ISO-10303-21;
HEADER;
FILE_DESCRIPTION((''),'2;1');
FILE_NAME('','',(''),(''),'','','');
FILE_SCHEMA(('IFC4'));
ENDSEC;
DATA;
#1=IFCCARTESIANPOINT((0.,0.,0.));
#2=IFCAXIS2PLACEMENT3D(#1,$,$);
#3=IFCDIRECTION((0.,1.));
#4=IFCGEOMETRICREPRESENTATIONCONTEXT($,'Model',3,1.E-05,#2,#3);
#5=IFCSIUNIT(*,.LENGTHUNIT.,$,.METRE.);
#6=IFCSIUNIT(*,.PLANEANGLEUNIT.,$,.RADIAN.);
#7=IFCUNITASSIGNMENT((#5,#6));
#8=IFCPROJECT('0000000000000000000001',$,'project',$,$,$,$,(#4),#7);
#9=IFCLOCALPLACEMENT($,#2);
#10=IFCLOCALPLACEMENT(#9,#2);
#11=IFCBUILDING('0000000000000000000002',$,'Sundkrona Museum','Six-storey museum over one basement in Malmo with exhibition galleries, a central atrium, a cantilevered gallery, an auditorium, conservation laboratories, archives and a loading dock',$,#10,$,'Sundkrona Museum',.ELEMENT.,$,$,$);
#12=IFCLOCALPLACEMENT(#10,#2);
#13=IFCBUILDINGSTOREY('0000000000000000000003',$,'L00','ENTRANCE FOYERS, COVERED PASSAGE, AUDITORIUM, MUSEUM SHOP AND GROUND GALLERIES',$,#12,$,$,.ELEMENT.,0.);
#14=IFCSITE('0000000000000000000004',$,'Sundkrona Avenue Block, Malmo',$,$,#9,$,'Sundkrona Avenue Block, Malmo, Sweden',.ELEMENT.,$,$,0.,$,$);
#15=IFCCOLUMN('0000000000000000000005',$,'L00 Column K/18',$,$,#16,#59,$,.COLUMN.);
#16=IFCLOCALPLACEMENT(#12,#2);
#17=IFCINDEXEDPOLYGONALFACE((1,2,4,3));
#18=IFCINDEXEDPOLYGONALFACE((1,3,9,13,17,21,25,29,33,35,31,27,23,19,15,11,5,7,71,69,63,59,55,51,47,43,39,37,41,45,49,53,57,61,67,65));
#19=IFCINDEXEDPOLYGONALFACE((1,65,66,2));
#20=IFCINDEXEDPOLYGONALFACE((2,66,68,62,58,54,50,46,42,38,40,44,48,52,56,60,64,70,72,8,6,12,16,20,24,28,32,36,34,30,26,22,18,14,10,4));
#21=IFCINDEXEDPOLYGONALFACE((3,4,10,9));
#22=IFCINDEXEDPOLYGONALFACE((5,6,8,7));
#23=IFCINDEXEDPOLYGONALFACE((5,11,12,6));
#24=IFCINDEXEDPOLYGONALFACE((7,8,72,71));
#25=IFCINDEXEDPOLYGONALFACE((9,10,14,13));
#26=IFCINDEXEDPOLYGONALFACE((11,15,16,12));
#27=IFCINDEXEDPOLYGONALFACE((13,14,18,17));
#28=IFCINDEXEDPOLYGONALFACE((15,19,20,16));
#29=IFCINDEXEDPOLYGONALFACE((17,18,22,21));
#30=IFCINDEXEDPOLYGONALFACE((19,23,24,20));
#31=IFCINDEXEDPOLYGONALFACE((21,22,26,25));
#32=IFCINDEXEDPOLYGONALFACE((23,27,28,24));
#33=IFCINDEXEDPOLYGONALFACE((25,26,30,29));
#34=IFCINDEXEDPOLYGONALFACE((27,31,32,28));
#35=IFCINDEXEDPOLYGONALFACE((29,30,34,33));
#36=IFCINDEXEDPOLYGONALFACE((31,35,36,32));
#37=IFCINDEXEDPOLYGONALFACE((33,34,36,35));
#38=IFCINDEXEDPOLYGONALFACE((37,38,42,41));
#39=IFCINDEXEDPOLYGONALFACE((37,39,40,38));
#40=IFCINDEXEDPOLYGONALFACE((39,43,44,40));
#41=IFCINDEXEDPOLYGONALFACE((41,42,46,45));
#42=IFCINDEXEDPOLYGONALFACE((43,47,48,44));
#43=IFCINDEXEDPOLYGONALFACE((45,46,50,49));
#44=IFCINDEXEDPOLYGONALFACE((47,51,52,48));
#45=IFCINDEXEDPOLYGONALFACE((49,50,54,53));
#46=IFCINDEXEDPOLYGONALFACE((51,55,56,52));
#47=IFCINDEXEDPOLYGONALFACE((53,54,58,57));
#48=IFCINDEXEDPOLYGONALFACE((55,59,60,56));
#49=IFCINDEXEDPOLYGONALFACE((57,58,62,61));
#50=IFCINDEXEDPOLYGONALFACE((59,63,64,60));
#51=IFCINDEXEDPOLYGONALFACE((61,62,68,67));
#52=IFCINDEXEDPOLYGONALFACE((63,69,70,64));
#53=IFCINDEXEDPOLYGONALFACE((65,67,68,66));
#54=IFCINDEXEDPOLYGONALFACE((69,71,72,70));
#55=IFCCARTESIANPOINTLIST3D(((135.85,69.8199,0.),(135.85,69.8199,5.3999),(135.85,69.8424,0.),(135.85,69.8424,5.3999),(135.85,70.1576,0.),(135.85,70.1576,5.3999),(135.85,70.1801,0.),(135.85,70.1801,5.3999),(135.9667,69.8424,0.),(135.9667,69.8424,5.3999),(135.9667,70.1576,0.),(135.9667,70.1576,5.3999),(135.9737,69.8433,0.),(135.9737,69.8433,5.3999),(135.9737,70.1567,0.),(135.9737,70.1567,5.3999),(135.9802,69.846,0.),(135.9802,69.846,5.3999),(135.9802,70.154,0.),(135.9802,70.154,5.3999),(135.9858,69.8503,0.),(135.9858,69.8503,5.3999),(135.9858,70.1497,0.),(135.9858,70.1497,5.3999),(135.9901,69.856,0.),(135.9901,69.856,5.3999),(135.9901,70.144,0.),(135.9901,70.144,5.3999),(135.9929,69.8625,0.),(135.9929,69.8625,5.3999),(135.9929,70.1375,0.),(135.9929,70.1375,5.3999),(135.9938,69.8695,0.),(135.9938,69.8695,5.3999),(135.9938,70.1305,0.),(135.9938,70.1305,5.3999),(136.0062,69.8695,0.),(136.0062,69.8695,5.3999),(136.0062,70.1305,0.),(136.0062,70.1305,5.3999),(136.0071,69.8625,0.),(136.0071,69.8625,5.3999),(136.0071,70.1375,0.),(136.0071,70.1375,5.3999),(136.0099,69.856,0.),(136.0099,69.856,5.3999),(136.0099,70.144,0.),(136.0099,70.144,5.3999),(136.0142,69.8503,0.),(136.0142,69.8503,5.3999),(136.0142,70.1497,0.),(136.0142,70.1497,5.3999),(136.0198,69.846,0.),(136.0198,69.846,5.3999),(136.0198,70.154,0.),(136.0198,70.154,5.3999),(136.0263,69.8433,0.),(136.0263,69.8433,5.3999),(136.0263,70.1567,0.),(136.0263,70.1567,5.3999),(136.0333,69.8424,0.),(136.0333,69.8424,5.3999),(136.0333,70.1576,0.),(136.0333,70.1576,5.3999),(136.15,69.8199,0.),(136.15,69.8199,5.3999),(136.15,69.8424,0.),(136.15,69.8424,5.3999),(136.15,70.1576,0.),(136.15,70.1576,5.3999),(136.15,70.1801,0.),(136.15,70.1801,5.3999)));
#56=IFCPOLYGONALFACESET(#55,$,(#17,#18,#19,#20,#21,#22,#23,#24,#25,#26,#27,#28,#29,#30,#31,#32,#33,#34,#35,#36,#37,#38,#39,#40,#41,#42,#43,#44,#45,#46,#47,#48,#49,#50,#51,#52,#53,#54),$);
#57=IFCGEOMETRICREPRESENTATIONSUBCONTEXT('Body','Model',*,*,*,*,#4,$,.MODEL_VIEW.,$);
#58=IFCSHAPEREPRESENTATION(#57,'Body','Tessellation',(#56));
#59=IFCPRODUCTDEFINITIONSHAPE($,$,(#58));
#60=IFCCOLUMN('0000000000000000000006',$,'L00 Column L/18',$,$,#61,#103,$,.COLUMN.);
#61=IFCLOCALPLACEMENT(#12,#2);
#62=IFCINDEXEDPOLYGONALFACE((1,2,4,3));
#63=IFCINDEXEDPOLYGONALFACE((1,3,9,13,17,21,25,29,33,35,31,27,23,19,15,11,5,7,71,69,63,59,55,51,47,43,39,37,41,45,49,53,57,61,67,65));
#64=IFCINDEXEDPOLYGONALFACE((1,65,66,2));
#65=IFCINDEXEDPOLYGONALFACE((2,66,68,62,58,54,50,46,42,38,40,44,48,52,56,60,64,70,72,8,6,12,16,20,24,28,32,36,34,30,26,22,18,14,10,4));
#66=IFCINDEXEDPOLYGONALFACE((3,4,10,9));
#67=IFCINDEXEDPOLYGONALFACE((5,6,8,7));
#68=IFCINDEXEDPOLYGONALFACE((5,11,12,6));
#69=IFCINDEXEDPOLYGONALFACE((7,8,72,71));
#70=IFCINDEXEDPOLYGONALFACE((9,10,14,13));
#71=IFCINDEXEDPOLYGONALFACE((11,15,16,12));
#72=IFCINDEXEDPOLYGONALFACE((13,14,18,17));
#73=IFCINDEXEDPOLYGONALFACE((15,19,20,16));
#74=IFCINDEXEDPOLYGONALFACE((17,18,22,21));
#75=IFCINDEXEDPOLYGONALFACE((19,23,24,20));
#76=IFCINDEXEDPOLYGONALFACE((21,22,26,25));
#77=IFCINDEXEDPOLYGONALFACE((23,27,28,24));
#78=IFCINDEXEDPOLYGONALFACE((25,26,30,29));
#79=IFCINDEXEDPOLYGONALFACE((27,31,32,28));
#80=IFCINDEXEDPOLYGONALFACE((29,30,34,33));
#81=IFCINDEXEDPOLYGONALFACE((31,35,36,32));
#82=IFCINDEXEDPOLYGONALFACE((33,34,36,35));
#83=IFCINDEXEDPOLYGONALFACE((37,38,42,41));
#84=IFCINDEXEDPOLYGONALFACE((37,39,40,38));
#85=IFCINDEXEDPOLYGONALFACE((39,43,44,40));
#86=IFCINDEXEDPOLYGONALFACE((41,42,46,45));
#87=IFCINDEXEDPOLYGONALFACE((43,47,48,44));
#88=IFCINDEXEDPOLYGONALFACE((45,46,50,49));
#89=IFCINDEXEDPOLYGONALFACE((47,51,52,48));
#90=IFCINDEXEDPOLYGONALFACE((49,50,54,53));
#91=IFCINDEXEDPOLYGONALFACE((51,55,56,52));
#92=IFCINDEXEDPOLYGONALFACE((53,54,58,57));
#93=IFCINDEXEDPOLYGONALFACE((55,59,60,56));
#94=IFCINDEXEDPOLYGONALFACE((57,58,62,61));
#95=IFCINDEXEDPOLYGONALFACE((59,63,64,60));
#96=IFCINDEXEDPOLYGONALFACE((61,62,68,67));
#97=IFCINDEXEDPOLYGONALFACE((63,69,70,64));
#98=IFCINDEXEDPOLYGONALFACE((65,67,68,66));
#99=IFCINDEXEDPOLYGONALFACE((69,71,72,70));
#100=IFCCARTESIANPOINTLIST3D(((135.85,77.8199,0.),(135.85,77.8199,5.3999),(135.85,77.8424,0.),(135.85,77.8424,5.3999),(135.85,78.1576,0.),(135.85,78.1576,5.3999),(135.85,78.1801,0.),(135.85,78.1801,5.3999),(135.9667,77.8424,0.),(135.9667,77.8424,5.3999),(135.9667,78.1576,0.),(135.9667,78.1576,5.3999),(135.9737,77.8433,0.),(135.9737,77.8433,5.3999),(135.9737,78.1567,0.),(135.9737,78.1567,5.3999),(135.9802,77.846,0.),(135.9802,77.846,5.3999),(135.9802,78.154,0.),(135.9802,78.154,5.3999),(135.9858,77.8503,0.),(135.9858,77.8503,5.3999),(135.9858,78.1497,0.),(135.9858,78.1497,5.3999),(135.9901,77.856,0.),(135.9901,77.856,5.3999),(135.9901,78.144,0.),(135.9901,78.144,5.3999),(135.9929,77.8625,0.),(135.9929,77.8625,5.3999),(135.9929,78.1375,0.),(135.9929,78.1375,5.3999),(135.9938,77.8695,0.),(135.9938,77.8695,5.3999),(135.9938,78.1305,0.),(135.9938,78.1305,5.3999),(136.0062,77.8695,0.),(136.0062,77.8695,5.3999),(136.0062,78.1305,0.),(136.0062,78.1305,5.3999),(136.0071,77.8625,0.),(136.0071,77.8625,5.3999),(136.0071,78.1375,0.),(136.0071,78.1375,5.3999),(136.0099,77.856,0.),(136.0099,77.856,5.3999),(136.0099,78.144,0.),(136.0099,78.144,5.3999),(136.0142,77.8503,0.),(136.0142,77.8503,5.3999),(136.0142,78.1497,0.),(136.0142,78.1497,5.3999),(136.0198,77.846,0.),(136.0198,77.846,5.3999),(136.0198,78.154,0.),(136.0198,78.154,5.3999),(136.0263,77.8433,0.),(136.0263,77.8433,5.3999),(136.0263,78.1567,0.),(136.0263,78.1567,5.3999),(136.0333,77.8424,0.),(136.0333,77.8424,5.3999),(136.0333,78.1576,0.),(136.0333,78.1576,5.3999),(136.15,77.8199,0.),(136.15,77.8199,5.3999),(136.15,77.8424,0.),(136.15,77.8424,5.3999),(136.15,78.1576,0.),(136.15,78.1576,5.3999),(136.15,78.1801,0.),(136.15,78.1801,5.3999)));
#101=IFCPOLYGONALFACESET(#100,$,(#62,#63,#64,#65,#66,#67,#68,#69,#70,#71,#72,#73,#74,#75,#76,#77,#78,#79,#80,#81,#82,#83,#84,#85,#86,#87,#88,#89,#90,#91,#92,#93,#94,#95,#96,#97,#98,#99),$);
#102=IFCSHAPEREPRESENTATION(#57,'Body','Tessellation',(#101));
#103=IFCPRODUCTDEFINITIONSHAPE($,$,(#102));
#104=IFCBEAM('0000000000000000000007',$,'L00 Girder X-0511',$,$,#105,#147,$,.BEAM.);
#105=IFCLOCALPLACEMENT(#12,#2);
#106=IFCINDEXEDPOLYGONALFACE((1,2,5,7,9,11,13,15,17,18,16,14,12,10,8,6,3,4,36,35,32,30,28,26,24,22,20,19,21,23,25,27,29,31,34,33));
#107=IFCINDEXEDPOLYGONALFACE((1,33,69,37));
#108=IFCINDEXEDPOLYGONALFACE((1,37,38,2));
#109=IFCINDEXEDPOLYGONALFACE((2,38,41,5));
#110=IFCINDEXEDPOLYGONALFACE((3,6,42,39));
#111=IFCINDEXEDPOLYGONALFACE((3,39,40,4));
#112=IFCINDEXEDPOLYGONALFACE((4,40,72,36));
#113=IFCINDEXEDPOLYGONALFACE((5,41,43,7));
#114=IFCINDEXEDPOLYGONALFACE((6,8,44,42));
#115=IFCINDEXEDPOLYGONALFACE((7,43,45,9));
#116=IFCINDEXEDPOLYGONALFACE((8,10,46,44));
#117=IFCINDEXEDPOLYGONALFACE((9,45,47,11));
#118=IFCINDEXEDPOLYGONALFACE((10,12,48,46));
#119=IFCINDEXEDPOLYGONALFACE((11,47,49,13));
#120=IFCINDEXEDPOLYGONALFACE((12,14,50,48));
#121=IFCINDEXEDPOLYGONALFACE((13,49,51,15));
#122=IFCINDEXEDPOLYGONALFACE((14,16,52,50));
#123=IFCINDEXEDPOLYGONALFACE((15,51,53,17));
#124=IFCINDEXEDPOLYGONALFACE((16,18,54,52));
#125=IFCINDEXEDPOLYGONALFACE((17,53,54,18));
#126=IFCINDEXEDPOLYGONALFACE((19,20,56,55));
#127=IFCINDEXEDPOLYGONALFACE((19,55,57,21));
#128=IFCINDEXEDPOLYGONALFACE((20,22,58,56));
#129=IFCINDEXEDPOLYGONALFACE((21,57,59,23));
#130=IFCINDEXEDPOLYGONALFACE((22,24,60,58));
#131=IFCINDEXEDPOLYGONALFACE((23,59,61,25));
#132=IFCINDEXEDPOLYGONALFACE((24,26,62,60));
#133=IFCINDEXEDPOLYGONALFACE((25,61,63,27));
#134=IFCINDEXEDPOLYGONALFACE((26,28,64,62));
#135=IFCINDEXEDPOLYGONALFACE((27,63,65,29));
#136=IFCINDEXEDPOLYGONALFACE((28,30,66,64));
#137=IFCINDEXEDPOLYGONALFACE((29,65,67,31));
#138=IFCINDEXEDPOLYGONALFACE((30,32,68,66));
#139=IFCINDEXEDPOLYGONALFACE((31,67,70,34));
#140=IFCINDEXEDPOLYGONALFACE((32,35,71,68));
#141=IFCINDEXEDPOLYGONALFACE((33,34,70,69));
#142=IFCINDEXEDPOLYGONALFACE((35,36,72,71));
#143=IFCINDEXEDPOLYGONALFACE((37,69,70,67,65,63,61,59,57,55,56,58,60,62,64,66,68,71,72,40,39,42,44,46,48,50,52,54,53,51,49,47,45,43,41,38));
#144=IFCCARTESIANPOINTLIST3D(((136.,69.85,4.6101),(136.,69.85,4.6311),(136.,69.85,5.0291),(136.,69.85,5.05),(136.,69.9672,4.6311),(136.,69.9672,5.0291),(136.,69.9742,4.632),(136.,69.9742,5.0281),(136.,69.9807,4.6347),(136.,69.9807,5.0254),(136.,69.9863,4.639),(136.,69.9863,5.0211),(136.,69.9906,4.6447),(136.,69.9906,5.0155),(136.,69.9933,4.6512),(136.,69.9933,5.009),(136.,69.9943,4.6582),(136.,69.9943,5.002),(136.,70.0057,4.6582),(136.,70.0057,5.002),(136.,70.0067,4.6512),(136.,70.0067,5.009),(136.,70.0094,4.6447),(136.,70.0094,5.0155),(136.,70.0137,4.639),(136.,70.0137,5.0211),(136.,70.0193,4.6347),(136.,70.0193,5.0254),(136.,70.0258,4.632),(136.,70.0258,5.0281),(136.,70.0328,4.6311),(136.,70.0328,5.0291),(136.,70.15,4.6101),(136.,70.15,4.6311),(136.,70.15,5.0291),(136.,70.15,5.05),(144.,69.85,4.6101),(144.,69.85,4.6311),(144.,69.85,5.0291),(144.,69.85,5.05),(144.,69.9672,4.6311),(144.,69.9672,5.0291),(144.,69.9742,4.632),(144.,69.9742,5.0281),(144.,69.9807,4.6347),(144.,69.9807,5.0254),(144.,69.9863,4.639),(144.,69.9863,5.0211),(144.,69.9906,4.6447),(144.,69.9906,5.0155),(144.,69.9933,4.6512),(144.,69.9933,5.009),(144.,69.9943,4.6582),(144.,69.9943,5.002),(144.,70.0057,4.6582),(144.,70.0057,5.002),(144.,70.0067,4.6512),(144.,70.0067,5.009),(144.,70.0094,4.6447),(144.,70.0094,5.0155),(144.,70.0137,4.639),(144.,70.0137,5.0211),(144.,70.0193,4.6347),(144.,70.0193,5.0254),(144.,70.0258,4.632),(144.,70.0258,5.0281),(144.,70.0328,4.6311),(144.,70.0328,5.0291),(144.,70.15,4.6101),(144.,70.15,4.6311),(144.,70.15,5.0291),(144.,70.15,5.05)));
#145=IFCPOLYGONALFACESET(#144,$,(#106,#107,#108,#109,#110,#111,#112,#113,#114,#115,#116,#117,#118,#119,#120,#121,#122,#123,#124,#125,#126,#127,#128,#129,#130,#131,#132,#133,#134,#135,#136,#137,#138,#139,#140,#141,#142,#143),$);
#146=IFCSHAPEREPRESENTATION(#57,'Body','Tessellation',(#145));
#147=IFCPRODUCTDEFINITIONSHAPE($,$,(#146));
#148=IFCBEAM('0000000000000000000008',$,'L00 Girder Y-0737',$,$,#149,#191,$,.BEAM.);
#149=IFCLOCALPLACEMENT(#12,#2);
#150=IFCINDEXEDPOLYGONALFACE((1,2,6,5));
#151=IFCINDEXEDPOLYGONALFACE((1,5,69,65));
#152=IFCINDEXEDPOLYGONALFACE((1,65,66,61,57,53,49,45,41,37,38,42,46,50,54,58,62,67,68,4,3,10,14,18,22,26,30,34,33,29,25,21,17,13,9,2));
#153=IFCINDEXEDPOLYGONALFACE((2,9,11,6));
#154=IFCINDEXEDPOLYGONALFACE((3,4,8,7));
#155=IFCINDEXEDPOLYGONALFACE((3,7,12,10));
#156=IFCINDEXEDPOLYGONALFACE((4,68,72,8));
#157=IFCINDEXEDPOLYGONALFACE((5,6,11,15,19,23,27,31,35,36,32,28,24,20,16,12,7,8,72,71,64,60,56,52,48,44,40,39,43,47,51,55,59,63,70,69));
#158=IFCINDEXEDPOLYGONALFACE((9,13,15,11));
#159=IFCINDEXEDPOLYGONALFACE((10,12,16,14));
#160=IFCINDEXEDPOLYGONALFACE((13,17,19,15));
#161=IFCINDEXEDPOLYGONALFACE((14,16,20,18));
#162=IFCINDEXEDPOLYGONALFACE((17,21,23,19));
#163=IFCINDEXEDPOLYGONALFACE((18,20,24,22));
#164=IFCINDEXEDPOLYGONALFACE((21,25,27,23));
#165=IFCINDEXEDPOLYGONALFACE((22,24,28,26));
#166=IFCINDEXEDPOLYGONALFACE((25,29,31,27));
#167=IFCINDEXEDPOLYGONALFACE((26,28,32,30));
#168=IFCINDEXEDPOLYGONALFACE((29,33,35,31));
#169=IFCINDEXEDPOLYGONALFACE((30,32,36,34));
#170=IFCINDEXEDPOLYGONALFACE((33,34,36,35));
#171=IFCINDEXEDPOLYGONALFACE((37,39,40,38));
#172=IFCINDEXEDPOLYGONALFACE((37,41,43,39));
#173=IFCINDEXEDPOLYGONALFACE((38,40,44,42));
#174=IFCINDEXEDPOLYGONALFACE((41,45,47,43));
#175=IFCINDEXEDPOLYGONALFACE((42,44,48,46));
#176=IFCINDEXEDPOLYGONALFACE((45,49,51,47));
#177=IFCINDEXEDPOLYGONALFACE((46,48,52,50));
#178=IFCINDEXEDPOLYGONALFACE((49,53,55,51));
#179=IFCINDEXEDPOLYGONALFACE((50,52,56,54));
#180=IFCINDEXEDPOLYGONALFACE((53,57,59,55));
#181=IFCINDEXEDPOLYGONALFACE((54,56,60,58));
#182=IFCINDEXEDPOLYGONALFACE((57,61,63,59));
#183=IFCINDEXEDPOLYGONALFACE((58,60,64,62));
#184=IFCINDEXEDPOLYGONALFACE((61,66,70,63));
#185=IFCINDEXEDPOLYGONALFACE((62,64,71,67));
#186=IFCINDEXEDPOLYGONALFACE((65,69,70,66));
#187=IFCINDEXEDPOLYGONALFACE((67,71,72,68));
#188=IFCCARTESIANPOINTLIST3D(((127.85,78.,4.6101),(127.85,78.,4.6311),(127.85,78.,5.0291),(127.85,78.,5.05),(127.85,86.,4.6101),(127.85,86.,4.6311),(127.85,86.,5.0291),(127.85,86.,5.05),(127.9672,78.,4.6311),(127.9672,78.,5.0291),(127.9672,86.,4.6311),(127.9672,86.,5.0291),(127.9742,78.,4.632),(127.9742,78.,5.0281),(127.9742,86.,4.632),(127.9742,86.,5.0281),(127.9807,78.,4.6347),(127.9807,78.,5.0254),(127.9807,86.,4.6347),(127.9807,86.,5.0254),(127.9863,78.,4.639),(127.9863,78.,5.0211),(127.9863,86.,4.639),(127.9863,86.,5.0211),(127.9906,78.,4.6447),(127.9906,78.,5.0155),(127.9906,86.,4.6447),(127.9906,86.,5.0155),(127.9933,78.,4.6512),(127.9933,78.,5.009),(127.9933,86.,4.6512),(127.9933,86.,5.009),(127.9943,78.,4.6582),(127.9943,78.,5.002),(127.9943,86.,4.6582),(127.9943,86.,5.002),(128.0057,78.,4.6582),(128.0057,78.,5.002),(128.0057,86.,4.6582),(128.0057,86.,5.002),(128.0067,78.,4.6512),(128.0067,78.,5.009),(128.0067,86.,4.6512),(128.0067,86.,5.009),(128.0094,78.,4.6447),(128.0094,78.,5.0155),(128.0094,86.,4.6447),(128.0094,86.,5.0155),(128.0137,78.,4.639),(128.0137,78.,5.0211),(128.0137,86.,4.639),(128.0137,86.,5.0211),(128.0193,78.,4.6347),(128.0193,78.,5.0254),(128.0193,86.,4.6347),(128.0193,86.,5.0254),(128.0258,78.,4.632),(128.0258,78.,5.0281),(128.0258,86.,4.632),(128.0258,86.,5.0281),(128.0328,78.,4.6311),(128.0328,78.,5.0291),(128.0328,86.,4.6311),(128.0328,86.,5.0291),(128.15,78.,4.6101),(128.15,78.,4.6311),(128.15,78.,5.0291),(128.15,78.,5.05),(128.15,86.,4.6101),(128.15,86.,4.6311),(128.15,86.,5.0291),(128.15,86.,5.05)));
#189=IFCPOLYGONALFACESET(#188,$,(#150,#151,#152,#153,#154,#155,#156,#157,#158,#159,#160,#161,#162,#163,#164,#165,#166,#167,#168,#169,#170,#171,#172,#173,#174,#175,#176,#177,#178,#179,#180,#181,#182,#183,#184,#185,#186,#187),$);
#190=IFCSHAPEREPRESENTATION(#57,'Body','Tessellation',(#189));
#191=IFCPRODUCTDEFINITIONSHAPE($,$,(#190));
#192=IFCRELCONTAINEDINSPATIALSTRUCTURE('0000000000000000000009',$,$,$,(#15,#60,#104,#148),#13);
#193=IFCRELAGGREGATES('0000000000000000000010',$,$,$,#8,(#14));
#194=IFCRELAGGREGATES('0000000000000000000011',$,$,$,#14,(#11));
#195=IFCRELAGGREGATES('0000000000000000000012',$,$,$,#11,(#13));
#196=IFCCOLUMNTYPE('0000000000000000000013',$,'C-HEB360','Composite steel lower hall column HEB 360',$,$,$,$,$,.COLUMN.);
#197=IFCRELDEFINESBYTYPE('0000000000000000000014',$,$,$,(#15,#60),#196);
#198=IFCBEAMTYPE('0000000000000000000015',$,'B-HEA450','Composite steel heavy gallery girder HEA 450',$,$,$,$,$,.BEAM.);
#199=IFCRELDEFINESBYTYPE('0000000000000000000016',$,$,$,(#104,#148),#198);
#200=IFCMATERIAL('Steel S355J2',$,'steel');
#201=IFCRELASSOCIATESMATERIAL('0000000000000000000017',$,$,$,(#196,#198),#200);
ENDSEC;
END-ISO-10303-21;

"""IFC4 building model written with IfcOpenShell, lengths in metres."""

from ifc_helpers import new_model, si_unit, direction, frame, origin, origin_2d, place, context, subcontext, project, spatial, i_section, extrude, material, material_profile, profile_set, type_object, element, save


model = new_model("IFC4")

# Units and contexts
model_context = context("Model", 3, precision=1e-05, world=origin(), true_north=direction((0.0, 1.0)))
body_context = subcontext(model_context, "Body", "Model", "MODEL_VIEW")
ifc_project = project(units=[si_unit("LENGTHUNIT", "METRE"), si_unit("PLANEANGLEUNIT", "RADIAN")], contexts=[model_context])

# Site, building, storey
site_placement = place(None, origin())
site = spatial("IfcSite", under=ifc_project, at=site_placement, Name="Sundkrona Avenue Block, Malmo", LongName="Sundkrona Avenue Block, Malmo, Sweden", CompositionType="ELEMENT", RefElevation=0.0)
building_placement = place(site_placement, origin())
building = spatial("IfcBuilding", under=site, at=building_placement, Name="Sundkrona Museum", Description="Six-storey museum over one basement in Malmo with exhibition galleries, a central atrium, a cantilevered gallery, an auditorium, conservation laboratories, archives and a loading dock", LongName="Sundkrona Museum", CompositionType="ELEMENT")
storey_placement = place(building_placement, origin())
storey = spatial("IfcBuildingStorey", under=building, at=storey_placement, Name="L00", Description="ENTRANCE FOYERS, COVERED PASSAGE, AUDITORIUM, MUSEUM SHOP AND GROUND GALLERIES", CompositionType="ELEMENT", Elevation=0.0)

# Columns
ifc_material_1 = material(Name="Steel S355J2", Category="steel")
ifc_material_profile_1 = material_profile(ifc_material_1, i_section(OverallWidth=0.3, OverallDepth=0.3601, WebThickness=0.0125, FlangeThickness=0.0225, FilletRadius=0.0271, at=origin_2d()), Name="HEB 360")
ifc_profile_set_1 = profile_set([ifc_material_profile_1], Name="Steel S355J2")
column_type = type_object("IfcColumnType", Name="C-HEB360", Description="Composite steel lower hall column HEB 360", PredefinedType="COLUMN", material=ifc_profile_set_1)
for number, where, z_axis, x_axis, name in (
    (1, (136.0, 70.0, 0.0), (0.0, 0.0, 1.0), (1.0, 0.0, 0.0), "L00 Column K/18"),
    (2, (136.0, 78.0, 0.0), (0.0, 0.0, 1.0), (1.0, 0.0, 0.0), "L00 Column L/18"),
):
    element("IfcColumn", number, at=place(storey_placement, frame(where, z_axis=z_axis, x_axis=x_axis)), inside=storey, type_object=column_type, Name=name, PredefinedType="COLUMN", context=body_context, shape_type="SweptSolid", body=[
        extrude(i_section(OverallWidth=0.3, OverallDepth=0.3601, WebThickness=0.0125, FlangeThickness=0.0225, FilletRadius=0.0271, at=origin_2d()), origin(), (0.0, 0.0, 1.0), 5.3999),
    ])

# Beams
ifc_material_profile_2 = material_profile(ifc_material_1, i_section(OverallWidth=0.3, OverallDepth=0.4399, WebThickness=0.0115, FlangeThickness=0.021, FilletRadius=0.0271, at=origin_2d()), Name="HEA 450")
ifc_profile_set_2 = profile_set([ifc_material_profile_2], Name="Steel S355J2")
beam_type_1 = type_object("IfcBeamType", Name="B-HEA450", Description="Composite steel heavy gallery girder HEA 450", PredefinedType="BEAM", material=ifc_profile_set_2)
for number, where, z_axis, x_axis, name in (
    (3, (136.0, 70.0, 4.8301), (1.0, 0.0, 0.0), (0.0, 1.0, 0.0), "L00 Girder X-0511"),
    (4, (128.0, 78.0, 4.8301), (0.0, 1.0, 0.0), (-1.0, 0.0, 0.0), "L00 Girder Y-0737"),
):
    element("IfcBeam", number, at=place(storey_placement, frame(where, z_axis=z_axis, x_axis=x_axis)), inside=storey, type_object=beam_type_1, Name=name, PredefinedType="BEAM", context=body_context, shape_type="SweptSolid", body=[
        extrude(i_section(OverallWidth=0.3, OverallDepth=0.4399, WebThickness=0.0115, FlangeThickness=0.021, FilletRadius=0.0271, at=origin_2d()), origin(), (0.0, 0.0, 1.0), 8.0),
    ])

save(model, "model.ifc")
